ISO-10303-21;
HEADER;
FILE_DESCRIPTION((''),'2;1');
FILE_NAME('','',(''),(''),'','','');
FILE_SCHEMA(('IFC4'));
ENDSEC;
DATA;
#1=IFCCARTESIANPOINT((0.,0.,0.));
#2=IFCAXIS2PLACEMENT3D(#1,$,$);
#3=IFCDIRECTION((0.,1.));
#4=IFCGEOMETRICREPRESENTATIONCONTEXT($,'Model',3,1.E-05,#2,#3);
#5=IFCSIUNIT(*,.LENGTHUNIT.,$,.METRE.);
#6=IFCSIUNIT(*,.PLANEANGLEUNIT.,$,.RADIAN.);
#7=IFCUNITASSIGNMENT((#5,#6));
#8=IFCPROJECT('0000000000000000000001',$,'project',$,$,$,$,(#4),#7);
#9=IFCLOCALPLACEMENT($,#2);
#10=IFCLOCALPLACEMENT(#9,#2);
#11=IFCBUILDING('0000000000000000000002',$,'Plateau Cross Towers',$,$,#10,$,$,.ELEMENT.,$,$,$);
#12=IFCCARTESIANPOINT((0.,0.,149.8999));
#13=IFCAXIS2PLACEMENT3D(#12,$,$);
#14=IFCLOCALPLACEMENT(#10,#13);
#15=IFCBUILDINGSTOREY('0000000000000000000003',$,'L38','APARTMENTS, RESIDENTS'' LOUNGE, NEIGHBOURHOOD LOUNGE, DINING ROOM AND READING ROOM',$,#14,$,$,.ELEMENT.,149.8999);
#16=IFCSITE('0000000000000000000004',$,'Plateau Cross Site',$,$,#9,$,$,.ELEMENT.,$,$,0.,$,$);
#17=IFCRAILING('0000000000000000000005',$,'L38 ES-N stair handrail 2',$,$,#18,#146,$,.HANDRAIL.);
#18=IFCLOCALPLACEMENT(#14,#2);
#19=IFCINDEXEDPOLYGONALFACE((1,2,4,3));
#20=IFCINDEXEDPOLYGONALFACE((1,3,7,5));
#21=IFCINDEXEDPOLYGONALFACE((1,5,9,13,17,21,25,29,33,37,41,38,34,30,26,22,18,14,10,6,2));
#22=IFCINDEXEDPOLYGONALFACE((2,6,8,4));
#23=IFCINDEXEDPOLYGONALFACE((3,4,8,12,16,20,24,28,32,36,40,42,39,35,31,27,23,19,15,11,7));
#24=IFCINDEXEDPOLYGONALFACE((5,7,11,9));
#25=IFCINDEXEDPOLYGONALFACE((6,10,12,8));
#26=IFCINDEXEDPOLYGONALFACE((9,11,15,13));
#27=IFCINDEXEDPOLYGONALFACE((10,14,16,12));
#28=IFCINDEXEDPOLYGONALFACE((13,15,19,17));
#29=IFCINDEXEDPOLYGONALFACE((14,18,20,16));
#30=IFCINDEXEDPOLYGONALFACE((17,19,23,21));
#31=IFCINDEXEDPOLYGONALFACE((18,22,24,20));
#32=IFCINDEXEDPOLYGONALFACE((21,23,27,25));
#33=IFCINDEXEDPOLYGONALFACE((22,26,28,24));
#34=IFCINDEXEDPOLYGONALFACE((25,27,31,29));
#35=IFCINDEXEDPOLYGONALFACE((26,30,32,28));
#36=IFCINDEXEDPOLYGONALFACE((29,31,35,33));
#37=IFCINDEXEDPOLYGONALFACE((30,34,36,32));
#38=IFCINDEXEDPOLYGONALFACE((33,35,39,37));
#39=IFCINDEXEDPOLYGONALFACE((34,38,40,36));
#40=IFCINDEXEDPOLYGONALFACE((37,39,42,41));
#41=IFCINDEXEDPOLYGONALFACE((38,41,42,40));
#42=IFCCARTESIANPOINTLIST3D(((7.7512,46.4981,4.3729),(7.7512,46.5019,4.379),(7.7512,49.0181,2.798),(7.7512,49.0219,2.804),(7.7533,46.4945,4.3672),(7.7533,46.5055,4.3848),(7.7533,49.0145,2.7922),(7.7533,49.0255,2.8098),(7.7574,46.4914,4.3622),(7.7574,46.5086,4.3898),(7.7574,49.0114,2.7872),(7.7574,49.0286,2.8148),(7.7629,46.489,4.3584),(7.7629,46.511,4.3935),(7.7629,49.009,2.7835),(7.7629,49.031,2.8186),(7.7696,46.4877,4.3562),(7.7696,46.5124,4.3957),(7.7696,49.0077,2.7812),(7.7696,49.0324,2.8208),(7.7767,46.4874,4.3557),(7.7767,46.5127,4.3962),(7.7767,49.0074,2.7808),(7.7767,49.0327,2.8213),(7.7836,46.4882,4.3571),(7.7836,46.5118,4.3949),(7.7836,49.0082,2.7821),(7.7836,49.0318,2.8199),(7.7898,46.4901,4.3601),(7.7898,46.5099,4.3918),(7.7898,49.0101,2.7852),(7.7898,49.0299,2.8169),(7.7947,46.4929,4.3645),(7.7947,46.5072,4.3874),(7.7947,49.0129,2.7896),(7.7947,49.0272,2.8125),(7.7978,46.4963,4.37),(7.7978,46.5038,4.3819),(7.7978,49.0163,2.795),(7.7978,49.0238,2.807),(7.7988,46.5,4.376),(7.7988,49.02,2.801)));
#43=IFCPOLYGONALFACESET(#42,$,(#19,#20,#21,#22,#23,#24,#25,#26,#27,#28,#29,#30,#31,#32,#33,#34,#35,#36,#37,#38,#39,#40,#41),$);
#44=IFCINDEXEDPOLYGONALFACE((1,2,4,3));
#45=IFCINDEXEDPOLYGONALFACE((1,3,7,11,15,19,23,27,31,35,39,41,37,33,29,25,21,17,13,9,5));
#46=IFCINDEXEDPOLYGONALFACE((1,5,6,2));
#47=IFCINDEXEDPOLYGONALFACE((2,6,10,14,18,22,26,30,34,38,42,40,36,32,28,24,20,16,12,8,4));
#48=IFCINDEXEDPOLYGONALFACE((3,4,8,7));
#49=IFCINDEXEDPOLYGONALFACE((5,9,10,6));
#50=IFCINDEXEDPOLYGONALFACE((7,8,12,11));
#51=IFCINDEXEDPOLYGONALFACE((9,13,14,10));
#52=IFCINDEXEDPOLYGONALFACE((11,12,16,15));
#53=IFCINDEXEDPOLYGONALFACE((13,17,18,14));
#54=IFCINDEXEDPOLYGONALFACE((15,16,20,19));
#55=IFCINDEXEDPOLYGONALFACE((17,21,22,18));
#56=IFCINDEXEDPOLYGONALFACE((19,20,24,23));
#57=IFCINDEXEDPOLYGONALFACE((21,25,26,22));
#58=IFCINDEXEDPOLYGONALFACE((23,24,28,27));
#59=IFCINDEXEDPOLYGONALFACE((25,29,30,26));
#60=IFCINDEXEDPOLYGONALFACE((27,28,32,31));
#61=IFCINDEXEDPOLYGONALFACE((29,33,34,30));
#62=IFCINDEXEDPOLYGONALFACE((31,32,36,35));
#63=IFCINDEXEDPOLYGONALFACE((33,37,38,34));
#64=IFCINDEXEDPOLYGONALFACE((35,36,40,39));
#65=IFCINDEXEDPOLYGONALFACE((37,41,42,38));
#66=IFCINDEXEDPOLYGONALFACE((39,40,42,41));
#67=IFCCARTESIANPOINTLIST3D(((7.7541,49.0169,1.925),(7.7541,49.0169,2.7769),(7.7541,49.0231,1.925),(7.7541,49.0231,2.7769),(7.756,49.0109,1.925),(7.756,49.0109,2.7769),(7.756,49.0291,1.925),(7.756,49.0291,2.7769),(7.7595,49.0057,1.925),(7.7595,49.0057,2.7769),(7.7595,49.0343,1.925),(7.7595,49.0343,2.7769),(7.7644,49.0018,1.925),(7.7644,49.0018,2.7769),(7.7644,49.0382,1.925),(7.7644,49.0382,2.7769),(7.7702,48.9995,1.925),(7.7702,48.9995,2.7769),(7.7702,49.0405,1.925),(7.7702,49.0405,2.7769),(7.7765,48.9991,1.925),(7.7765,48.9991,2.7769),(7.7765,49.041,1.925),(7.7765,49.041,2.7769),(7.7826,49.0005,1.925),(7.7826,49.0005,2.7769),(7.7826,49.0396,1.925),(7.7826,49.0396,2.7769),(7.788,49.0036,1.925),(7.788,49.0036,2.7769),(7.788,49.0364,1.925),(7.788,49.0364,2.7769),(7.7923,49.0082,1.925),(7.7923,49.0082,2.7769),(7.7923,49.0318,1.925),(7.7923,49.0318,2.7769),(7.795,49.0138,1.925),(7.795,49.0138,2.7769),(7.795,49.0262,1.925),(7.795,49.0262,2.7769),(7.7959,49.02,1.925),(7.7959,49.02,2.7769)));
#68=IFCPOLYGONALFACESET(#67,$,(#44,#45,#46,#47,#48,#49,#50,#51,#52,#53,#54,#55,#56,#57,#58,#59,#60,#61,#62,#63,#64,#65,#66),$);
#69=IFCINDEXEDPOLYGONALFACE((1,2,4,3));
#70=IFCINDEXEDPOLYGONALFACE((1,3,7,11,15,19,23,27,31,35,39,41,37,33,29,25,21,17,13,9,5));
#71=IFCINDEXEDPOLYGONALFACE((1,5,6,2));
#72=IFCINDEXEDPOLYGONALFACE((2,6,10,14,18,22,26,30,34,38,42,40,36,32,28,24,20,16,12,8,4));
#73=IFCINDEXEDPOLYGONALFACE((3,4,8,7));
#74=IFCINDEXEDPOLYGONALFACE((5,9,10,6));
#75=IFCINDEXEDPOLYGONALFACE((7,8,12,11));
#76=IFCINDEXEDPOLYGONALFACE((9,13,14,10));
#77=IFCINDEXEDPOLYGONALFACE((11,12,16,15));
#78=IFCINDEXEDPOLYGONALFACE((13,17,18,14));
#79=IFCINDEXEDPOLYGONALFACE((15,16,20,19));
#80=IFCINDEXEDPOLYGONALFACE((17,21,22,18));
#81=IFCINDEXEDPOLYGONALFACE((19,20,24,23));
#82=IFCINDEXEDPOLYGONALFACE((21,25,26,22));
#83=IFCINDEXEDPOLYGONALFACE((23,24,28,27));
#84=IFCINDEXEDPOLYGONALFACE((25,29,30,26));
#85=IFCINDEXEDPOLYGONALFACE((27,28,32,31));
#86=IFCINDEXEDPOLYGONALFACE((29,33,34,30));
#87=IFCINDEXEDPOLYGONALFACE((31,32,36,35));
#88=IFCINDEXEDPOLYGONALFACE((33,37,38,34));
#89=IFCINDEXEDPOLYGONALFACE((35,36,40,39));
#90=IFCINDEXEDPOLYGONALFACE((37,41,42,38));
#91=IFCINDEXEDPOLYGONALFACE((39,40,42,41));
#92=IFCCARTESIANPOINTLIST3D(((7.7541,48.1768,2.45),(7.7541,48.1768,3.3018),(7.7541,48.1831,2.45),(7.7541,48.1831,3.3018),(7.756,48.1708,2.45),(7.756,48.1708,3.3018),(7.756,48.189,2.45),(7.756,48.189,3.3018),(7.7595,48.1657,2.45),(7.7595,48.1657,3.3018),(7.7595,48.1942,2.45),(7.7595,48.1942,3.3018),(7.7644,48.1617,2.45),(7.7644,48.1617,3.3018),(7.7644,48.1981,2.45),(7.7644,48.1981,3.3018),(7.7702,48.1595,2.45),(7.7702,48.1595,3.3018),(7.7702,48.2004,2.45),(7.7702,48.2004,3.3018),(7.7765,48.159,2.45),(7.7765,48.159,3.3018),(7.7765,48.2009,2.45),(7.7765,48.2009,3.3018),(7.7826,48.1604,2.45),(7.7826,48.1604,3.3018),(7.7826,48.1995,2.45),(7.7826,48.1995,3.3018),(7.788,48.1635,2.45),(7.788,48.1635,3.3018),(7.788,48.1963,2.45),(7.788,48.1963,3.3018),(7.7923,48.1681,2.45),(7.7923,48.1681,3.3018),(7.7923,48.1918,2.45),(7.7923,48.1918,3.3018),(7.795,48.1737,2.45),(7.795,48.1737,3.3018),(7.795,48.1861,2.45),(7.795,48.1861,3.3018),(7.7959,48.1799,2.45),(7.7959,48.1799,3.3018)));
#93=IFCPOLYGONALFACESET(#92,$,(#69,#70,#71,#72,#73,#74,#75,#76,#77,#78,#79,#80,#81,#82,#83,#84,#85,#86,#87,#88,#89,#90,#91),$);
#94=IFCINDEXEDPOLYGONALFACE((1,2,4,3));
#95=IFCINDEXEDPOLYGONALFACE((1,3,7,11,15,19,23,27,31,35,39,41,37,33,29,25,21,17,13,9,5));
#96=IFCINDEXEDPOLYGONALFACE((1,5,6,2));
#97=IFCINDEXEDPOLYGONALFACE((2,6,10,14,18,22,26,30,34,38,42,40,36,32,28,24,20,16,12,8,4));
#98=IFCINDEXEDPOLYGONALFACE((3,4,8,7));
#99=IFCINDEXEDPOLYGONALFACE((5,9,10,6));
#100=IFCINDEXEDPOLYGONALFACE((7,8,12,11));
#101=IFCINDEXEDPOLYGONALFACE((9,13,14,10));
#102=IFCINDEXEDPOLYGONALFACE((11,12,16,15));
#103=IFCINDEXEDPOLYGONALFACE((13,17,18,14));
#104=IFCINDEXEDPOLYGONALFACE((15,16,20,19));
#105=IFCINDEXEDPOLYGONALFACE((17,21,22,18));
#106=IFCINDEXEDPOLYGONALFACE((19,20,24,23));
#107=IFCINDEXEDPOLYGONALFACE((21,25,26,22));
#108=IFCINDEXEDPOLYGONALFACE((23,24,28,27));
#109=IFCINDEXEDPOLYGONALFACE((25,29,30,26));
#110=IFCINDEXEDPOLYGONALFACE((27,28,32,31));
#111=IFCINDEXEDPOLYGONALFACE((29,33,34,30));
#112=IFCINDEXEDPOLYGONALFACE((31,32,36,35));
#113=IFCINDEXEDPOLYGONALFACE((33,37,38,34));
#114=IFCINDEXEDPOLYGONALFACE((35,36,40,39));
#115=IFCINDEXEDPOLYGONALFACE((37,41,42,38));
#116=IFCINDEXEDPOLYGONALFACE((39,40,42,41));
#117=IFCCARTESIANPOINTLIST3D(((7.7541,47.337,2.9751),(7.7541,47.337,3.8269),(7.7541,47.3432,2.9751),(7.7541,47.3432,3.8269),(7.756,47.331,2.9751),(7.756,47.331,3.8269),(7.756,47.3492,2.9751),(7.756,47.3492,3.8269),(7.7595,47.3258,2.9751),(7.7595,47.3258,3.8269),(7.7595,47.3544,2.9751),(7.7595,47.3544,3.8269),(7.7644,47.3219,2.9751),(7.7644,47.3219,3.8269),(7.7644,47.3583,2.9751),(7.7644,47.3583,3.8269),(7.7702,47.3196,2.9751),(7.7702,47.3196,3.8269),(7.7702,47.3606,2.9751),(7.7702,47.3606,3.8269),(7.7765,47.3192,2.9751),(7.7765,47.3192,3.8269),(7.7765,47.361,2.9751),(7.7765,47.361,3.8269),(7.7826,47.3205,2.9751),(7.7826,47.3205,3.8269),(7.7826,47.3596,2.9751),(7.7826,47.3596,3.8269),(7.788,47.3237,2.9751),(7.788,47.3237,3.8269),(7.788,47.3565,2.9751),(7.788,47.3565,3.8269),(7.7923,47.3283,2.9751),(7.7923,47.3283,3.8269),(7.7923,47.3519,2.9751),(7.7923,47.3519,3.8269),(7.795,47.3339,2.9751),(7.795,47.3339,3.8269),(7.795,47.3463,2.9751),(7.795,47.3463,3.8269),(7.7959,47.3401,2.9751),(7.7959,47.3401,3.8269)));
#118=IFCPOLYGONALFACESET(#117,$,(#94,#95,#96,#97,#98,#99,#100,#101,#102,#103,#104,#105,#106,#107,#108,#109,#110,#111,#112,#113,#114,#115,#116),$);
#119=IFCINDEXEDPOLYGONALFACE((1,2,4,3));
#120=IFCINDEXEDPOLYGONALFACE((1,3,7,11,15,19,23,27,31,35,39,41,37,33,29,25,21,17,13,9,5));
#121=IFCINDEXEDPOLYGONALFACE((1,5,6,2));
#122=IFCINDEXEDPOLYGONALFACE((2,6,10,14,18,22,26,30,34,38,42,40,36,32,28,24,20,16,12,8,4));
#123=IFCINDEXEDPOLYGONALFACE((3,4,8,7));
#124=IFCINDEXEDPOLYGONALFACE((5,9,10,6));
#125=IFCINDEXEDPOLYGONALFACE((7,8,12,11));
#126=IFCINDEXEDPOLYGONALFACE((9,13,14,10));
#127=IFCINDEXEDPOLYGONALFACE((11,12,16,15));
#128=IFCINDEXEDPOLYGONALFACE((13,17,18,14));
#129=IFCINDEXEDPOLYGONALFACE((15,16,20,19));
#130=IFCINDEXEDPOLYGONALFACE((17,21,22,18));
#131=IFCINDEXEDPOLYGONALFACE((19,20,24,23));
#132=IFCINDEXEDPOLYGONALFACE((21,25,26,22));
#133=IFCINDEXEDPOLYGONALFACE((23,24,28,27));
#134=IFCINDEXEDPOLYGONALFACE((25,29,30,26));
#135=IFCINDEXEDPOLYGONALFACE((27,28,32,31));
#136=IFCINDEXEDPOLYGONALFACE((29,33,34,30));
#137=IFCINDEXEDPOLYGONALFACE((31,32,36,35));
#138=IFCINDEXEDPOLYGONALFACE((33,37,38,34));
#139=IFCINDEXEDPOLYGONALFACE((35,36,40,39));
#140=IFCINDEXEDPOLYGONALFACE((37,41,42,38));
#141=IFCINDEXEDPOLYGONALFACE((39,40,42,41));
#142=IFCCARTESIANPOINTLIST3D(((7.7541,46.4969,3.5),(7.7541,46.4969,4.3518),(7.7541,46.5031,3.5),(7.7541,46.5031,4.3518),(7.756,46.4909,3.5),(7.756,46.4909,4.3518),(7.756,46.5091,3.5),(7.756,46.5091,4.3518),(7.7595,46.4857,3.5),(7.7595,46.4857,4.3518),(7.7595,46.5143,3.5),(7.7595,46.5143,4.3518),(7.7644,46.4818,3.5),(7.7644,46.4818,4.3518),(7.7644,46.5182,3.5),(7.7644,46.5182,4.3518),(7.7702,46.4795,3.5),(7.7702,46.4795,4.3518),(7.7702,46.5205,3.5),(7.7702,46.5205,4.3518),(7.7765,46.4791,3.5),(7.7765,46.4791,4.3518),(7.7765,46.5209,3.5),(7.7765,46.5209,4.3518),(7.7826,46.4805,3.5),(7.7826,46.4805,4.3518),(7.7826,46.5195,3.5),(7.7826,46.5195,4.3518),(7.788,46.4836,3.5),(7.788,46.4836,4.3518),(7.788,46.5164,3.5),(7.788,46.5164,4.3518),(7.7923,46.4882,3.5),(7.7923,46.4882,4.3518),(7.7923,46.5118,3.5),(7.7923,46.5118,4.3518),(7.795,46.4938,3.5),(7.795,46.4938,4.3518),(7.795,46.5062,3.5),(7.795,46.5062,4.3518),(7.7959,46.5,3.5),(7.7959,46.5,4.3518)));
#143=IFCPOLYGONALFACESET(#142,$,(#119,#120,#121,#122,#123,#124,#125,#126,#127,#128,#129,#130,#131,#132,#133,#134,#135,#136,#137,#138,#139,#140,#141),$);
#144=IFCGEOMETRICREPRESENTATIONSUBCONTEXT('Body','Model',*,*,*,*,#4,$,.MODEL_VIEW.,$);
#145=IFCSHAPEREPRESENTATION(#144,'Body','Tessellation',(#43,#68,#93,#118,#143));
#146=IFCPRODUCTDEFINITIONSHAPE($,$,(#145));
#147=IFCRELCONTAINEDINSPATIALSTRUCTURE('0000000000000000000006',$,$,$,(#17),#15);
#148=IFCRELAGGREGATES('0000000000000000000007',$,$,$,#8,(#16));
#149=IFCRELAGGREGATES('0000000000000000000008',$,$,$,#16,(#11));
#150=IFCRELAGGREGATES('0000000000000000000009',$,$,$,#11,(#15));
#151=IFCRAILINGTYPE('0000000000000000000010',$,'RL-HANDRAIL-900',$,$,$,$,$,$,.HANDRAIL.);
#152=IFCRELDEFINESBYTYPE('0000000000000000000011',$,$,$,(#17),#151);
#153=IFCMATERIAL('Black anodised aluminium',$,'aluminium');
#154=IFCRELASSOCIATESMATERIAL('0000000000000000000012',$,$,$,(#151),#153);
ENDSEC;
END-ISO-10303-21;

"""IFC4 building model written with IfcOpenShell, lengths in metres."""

from ifc_helpers import new_model, si_unit, direction, frame, origin, origin_2d, place, context, subcontext, project, spatial, circle, extrude, material, type_object, element, save


model = new_model("IFC4")

# Units and contexts
model_context = context("Model", 3, precision=1e-05, world=origin(), true_north=direction((0.0, 1.0)))
body_context = subcontext(model_context, "Body", "Model", "MODEL_VIEW")
ifc_project = project(units=[si_unit("LENGTHUNIT", "METRE"), si_unit("PLANEANGLEUNIT", "RADIAN")], contexts=[model_context])

# Site, building, storey
site_placement = place(None, origin())
site = spatial("IfcSite", under=ifc_project, at=site_placement, Name="Plateau Cross Site", CompositionType="ELEMENT", RefElevation=0.0)
building_placement = place(site_placement, origin())
building = spatial("IfcBuilding", under=site, at=building_placement, Name="Plateau Cross Towers", CompositionType="ELEMENT")
storey_placement = place(building_placement, frame((0.0, 0.0, 149.8999)))
storey = spatial("IfcBuildingStorey", under=building, at=storey_placement, Name="L38", Description="APARTMENTS, RESIDENTS' LOUNGE, NEIGHBOURHOOD LOUNGE, DINING ROOM AND READING ROOM", CompositionType="ELEMENT", Elevation=149.8999)

# Shared definitions
ifc_material_1 = material(Name="Black anodised aluminium", Category="aluminium")

# Railing
railing_type_1 = type_object("IfcRailingType", Name="RL-HANDRAIL-900", PredefinedType="HANDRAIL", material=ifc_material_1)
railing_1_placement = place(storey_placement, frame((7.7749, 49.02, 1.925)))
element("IfcRailing", 1, at=railing_1_placement, inside=storey, type_object=railing_type_1, Name="L38 ES-N stair handrail 2", PredefinedType="HANDRAIL", context=body_context, shape_type="SweptSolid", body=[
    extrude(circle(Radius=0.0239, at=origin_2d()), frame((0.0, 0.0, 0.876), z_axis=(0.0, -0.848008, 0.529984), x_axis=(1.0, 0.0, 0.0)), (0.0, 0.0, 1.0), 2.9717),
    extrude(circle(Radius=0.021, at=origin_2d()), origin(), (0.0, 0.0, 1.0), 0.8518),
    extrude(circle(Radius=0.021, at=origin_2d()), frame((0.0, -0.8401, 0.5249)), (0.0, 0.0, 1.0), 0.8518),
    extrude(circle(Radius=0.021, at=origin_2d()), frame((0.0, -1.6799, 1.05)), (0.0, 0.0, 1.0), 0.8518),
    extrude(circle(Radius=0.021, at=origin_2d()), frame((0.0, -2.52, 1.575)), (0.0, 0.0, 1.0), 0.8518),
])

save(model, "model.ifc")
